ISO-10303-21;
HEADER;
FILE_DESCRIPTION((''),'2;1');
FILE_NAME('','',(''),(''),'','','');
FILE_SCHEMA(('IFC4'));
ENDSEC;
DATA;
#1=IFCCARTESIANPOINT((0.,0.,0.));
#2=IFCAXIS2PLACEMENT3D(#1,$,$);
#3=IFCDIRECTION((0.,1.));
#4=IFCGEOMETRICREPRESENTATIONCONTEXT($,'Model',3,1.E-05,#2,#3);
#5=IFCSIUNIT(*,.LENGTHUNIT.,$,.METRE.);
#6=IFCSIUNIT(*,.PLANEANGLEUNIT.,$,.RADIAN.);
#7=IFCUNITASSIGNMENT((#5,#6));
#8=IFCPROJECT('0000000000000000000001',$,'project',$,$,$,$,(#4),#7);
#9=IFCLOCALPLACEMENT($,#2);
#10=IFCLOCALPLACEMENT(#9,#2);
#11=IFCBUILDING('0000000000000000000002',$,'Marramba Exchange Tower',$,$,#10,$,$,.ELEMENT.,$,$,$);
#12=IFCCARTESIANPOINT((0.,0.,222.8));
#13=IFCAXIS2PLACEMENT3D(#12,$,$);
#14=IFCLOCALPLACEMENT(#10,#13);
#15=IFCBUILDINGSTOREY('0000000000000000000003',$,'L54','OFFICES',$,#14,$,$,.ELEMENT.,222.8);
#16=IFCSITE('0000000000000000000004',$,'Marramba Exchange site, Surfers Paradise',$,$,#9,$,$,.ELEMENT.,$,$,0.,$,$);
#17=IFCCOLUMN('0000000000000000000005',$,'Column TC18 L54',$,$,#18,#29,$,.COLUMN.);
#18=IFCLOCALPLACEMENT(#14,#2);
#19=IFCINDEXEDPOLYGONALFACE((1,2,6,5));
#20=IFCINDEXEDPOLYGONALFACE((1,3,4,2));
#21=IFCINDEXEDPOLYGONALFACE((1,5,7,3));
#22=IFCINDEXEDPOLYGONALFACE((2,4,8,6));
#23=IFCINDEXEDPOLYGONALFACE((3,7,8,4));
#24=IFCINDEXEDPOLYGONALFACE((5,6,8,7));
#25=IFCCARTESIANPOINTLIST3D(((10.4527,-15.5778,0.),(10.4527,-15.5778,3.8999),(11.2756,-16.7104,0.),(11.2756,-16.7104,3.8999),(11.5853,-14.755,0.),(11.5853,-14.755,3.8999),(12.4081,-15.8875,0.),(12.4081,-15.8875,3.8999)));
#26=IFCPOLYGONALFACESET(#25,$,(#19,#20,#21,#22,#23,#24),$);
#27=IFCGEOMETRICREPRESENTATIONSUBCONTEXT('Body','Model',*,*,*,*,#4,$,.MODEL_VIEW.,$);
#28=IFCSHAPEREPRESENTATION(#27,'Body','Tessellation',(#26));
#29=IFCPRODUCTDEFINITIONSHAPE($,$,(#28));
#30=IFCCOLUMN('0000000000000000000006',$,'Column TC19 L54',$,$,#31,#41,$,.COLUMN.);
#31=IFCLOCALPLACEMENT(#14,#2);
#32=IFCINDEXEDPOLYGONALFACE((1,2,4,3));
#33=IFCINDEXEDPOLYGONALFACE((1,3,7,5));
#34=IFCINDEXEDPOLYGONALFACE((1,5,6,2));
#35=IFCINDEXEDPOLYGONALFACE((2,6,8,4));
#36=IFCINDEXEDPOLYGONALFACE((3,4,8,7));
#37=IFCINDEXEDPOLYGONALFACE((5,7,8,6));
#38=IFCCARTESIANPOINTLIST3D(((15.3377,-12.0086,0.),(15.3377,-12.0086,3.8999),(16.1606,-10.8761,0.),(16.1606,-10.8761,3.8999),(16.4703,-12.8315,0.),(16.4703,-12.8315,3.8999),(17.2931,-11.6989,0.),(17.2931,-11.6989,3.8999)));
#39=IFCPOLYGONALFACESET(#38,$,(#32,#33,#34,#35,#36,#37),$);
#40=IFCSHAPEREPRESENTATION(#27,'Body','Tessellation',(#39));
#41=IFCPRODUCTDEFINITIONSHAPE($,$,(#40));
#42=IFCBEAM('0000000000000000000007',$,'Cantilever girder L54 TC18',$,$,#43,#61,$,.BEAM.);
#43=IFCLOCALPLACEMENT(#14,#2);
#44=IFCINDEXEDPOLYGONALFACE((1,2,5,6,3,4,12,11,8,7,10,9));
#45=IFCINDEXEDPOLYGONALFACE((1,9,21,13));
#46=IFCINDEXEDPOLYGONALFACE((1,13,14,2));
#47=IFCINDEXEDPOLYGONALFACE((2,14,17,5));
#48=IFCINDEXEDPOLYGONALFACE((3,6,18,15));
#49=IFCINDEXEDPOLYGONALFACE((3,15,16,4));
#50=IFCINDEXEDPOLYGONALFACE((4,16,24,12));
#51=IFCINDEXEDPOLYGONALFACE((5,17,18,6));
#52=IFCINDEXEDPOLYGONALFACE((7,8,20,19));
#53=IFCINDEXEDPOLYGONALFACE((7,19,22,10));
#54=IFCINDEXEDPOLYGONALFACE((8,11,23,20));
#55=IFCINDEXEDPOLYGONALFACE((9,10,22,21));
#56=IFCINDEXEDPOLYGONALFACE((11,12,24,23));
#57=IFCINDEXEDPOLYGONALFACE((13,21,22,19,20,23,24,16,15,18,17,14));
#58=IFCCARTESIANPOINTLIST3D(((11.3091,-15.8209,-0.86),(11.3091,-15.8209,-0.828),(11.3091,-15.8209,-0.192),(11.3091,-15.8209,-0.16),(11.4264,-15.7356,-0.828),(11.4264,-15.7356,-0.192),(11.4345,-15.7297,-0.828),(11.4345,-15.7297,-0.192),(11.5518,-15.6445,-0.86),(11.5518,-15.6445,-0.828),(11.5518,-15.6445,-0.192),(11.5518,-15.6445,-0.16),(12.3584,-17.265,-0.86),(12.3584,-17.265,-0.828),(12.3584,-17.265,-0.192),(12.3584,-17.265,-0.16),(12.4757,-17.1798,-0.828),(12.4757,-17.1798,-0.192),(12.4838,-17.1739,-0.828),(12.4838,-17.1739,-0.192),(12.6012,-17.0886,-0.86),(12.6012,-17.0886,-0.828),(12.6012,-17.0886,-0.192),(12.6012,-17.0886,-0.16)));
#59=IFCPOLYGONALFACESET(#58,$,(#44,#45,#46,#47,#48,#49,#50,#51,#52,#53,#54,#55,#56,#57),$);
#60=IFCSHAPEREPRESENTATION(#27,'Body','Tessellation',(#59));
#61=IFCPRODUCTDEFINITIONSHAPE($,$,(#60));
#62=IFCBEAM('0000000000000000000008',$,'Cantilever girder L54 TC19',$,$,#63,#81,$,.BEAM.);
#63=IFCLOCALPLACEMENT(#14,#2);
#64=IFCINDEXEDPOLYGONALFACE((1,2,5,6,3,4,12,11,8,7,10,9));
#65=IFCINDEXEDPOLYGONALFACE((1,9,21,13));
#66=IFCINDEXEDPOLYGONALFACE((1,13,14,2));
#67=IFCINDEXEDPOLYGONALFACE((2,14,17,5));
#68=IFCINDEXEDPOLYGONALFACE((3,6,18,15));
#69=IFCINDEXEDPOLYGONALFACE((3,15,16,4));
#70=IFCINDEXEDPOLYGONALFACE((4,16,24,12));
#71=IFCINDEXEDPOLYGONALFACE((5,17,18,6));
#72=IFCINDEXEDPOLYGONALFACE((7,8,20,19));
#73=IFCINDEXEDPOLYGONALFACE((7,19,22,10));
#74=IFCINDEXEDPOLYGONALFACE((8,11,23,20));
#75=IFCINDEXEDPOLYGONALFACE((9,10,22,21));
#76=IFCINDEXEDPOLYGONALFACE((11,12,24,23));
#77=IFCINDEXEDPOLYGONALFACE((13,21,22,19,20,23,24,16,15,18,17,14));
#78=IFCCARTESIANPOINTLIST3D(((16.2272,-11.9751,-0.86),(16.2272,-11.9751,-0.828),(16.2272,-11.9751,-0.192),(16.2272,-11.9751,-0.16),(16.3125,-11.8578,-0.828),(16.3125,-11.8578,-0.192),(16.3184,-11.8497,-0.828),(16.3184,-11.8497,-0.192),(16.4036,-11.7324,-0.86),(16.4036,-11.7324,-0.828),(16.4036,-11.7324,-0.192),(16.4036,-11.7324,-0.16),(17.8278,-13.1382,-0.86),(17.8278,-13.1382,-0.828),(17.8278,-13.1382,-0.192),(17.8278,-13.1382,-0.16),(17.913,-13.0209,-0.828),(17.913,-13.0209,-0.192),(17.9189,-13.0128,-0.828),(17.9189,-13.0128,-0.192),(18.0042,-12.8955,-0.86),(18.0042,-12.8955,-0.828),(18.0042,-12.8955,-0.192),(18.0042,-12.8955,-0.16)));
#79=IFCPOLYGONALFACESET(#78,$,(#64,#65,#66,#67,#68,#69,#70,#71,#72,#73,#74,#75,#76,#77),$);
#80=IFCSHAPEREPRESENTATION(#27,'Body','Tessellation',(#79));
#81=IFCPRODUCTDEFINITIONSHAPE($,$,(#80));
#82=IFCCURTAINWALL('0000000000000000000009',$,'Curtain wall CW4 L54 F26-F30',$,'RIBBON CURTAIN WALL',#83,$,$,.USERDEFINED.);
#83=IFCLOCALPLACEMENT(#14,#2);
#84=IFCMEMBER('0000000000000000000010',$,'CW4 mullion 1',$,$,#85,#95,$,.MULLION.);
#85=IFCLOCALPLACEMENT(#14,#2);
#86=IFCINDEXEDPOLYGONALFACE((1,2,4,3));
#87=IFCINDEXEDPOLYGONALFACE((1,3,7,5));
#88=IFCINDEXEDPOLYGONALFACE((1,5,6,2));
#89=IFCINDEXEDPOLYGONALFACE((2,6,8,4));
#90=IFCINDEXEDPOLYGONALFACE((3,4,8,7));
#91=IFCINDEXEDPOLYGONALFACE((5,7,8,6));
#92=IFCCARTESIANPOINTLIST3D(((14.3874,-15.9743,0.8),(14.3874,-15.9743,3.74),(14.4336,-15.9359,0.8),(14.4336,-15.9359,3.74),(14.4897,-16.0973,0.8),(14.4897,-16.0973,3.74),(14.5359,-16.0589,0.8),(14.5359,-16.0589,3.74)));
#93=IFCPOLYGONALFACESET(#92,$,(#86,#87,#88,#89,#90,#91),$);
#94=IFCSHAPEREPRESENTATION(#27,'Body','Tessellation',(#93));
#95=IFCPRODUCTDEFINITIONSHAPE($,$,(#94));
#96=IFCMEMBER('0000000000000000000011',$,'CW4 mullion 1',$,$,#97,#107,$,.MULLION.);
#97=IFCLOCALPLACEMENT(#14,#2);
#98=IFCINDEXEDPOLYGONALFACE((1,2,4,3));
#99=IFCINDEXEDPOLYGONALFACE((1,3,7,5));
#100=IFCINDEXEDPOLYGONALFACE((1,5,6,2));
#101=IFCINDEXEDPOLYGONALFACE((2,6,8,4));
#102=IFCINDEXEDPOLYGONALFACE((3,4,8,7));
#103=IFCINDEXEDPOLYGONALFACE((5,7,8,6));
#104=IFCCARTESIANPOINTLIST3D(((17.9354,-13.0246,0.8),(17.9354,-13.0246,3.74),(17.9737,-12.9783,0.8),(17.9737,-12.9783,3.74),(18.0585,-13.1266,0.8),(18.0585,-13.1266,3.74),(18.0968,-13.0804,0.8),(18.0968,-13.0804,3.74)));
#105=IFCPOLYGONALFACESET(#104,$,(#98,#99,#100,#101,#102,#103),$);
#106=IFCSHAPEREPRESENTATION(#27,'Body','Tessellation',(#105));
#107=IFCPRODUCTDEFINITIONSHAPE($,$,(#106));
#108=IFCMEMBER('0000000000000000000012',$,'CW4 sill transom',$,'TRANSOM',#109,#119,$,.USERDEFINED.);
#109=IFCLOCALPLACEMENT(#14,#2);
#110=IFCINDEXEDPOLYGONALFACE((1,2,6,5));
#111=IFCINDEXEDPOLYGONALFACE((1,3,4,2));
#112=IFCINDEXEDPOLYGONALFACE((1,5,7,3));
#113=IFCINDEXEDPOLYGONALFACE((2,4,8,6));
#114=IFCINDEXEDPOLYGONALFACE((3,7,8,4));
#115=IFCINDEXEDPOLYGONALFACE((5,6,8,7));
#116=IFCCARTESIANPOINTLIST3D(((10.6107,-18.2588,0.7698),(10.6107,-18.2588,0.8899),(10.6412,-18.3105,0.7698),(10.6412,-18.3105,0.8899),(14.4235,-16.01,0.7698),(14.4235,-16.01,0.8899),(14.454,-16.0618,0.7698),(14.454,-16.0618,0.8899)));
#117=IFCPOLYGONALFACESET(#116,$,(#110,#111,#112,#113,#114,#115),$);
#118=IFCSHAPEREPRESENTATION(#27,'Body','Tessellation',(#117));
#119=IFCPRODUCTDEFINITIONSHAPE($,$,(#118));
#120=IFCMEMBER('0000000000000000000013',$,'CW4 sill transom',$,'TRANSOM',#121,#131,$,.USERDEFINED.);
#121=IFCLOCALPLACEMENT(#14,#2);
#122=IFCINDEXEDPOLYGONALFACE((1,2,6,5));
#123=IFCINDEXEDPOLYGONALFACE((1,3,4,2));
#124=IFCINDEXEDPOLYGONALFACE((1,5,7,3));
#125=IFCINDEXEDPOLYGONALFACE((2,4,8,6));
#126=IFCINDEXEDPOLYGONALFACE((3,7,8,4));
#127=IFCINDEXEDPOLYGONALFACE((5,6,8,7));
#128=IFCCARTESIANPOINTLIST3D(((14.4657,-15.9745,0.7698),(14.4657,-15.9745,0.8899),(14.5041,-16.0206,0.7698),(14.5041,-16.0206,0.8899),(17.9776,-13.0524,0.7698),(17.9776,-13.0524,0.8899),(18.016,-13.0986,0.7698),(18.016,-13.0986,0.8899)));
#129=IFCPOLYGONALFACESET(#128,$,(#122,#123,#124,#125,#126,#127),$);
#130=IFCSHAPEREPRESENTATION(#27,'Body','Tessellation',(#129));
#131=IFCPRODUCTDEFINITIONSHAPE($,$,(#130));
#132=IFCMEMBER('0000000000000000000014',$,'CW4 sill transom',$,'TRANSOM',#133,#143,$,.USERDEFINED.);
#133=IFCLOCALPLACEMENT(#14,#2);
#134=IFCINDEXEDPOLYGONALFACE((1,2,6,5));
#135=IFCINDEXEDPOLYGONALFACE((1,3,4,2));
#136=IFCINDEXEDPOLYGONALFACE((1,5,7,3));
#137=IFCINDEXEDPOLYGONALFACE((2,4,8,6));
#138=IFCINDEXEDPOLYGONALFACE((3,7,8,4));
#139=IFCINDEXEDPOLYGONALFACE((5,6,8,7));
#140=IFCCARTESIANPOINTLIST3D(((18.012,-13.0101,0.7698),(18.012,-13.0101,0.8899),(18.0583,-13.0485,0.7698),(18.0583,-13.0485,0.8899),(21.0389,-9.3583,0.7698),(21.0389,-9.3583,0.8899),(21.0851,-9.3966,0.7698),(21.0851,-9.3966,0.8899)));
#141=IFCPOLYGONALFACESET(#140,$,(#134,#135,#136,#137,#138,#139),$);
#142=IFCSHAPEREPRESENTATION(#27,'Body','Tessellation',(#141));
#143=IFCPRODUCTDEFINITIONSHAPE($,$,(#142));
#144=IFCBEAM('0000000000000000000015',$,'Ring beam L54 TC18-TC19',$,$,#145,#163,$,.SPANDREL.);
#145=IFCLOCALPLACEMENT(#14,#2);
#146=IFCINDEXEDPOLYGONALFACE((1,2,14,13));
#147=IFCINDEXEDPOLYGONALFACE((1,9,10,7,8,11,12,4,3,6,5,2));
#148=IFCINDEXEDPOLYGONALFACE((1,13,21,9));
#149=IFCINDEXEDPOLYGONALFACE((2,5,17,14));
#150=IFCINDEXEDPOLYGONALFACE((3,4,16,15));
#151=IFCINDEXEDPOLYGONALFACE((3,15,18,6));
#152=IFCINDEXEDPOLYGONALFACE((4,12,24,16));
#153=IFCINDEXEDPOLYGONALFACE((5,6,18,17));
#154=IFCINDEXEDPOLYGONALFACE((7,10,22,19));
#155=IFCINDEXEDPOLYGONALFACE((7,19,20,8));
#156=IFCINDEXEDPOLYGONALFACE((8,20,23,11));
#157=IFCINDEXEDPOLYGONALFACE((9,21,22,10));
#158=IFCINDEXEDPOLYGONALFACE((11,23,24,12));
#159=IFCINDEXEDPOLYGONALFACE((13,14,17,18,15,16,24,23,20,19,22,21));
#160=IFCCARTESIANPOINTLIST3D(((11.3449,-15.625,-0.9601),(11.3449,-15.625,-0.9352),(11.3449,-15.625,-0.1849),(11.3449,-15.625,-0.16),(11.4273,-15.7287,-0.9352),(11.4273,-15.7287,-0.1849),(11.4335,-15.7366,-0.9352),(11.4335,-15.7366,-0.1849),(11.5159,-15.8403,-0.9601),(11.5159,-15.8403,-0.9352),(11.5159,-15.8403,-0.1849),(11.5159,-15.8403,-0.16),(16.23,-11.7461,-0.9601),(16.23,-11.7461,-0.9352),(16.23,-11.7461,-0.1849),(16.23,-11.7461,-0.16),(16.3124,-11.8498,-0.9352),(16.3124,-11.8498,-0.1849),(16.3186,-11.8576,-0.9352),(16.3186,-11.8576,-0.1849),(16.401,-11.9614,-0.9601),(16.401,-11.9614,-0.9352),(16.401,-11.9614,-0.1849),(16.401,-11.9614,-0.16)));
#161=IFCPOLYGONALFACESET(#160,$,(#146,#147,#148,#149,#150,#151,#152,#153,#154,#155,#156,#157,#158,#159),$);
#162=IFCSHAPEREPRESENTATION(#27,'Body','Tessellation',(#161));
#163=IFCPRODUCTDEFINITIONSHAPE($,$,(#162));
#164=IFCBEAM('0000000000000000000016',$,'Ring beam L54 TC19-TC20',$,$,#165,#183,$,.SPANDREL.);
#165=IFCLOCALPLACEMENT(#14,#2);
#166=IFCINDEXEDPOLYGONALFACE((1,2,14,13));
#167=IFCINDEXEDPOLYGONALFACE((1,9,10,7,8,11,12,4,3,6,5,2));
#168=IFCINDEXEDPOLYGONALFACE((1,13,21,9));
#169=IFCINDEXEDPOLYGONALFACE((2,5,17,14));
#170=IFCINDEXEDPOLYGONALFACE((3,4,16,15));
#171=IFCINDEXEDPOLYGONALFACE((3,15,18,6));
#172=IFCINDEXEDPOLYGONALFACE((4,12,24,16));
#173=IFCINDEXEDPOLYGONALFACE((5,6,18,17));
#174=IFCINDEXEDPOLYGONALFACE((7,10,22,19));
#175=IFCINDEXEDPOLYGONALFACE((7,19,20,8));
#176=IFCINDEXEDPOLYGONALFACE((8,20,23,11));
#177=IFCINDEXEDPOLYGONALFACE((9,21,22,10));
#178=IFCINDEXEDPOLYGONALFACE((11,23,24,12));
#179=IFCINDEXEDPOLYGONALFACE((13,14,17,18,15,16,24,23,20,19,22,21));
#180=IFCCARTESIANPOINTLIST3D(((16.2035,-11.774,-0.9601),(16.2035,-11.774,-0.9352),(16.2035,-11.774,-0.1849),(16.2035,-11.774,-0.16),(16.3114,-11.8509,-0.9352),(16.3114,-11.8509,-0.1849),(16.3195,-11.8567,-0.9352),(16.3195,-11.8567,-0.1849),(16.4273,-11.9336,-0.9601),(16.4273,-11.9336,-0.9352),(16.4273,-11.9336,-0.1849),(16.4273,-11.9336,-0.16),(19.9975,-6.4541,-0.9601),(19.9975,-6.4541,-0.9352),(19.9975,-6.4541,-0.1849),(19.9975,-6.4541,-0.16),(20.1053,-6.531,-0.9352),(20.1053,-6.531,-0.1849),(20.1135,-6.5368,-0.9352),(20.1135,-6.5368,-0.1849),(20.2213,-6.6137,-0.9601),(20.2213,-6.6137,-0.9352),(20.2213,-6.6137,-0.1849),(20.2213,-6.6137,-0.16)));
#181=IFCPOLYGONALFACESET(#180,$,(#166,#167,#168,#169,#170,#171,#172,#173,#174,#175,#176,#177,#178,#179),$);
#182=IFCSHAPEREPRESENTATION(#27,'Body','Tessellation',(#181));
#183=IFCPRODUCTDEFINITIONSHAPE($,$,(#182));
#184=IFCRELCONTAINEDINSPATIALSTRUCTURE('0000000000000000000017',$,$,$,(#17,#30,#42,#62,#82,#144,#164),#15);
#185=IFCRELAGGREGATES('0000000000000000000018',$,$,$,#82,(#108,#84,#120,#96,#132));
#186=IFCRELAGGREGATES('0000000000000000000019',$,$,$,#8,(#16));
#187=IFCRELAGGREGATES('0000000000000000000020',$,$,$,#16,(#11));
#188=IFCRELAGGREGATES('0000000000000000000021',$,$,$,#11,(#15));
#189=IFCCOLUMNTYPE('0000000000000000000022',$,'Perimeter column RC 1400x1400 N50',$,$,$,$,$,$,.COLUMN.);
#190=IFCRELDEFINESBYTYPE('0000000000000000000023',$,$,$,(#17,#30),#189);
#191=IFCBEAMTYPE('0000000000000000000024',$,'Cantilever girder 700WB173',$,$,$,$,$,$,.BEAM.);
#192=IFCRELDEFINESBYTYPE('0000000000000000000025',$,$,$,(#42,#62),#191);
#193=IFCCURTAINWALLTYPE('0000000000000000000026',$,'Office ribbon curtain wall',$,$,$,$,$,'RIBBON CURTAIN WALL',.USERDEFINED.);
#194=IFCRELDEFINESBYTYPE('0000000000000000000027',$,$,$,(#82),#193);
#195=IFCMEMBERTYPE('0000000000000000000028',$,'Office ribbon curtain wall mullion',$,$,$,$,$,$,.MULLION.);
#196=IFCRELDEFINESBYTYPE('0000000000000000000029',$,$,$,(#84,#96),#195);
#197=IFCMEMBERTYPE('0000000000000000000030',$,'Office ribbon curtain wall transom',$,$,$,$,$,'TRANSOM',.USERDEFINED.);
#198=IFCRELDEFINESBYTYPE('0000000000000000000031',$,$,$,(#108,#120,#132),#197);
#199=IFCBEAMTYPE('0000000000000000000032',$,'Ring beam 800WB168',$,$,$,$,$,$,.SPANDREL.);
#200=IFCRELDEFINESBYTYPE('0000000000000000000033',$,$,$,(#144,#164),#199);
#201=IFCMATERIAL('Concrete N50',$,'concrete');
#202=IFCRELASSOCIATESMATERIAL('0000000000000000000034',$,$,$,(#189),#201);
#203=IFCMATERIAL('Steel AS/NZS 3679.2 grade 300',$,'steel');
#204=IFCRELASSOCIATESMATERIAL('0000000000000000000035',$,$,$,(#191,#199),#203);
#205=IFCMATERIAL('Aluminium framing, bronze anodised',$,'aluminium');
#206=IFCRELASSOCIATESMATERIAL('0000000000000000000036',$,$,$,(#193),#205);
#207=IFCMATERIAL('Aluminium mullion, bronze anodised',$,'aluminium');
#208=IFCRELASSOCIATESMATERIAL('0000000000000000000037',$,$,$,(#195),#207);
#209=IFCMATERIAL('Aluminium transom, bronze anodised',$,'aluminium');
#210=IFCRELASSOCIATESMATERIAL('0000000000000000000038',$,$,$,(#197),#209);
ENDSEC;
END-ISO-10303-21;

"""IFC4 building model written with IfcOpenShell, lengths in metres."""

from ifc_helpers import new_model, si_unit, direction, frame, origin, origin_2d, place, context, subcontext, project, spatial, rectangle, i_section, extrude, material, material_profile, profile_set, type_object, element, aggregate, save


model = new_model("IFC4")

# Units and contexts
model_context = context("Model", 3, precision=1e-05, world=origin(), true_north=direction((0.0, 1.0)))
body_context = subcontext(model_context, "Body", "Model", "MODEL_VIEW")
ifc_project = project(units=[si_unit("LENGTHUNIT", "METRE"), si_unit("PLANEANGLEUNIT", "RADIAN")], contexts=[model_context])

# Site, building, storey
site_placement = place(None, origin())
site = spatial("IfcSite", under=ifc_project, at=site_placement, Name="Marramba Exchange site, Surfers Paradise", CompositionType="ELEMENT", RefElevation=0.0)
building_placement = place(site_placement, origin())
building = spatial("IfcBuilding", under=site, at=building_placement, Name="Marramba Exchange Tower", CompositionType="ELEMENT")
storey_placement = place(building_placement, frame((0.0, 0.0, 222.8)))
storey = spatial("IfcBuildingStorey", under=building, at=storey_placement, Name="L54", Description="OFFICES", CompositionType="ELEMENT", Elevation=222.8)

# Columns
ifc_material_1 = material(Name="Concrete N50", Category="concrete")
ifc_material_profile_1 = material_profile(ifc_material_1, rectangle(XDim=1.3999, YDim=1.3999, at=origin_2d()), Name="RC 1400x1400")
ifc_profile_set_1 = profile_set([ifc_material_profile_1], Name="Concrete N50")
column_type = type_object("IfcColumnType", Name="Perimeter column RC 1400x1400 N50", PredefinedType="COLUMN", material=ifc_profile_set_1)
for number, where, z_axis, x_axis, name in (
    (1, (11.4304, -15.7327, 0.0), (0.0, 0.0, 1.0), (0.587785, -0.809017, 0.0), "Column TC18 L54"),
    (2, (16.3154, -11.8538, 0.0), (0.0, 0.0, 1.0), (0.809017, -0.587785, 0.0), "Column TC19 L54"),
):
    element("IfcColumn", number, at=place(storey_placement, frame(where, z_axis=z_axis, x_axis=x_axis)), inside=storey, type_object=column_type, Name=name, PredefinedType="COLUMN", context=body_context, shape_type="SweptSolid", body=[
        extrude(rectangle(XDim=1.3999, YDim=1.3999, at=origin_2d()), origin(), (0.0, 0.0, 1.0), 3.8999),
    ])

# Beams
ifc_material_2 = material(Name="Steel AS/NZS 3679.2 grade 300", Category="steel")
ifc_material_profile_2 = material_profile(ifc_material_2, i_section(OverallWidth=0.3, OverallDepth=0.7, WebThickness=0.01, FlangeThickness=0.032, at=origin_2d()), Name="700WB173")
ifc_profile_set_2 = profile_set([ifc_material_profile_2], Name="Steel AS/NZS 3679.2 grade 300")
beam_type_1 = type_object("IfcBeamType", Name="Cantilever girder 700WB173", PredefinedType="BEAM", material=ifc_profile_set_2)
beam_1_placement = place(storey_placement, frame((11.4304, -15.7327, -0.51), z_axis=(0.58783, -0.808984, 0.0), x_axis=(0.808984, 0.58783, 0.0)))
element("IfcBeam", 3, at=beam_1_placement, inside=storey, type_object=beam_type_1, Name="Cantilever girder L54 TC18", PredefinedType="BEAM", context=body_context, shape_type="SweptSolid", body=[
    extrude(i_section(OverallWidth=0.3, OverallDepth=0.7, WebThickness=0.01, FlangeThickness=0.032, at=origin_2d()), origin(), (0.0, 0.0, 1.0), 1.7852),
])
beam_2_placement = place(storey_placement, frame((16.3154, -11.8538, -0.51), z_axis=(0.808971, -0.587849, 0.0), x_axis=(0.587849, 0.808971, 0.0)))
element("IfcBeam", 4, at=beam_2_placement, inside=storey, type_object=beam_type_1, Name="Cantilever girder L54 TC19", PredefinedType="BEAM", context=body_context, shape_type="SweptSolid", body=[
    extrude(i_section(OverallWidth=0.3, OverallDepth=0.7, WebThickness=0.01, FlangeThickness=0.032, at=origin_2d()), origin(), (0.0, 0.0, 1.0), 1.9785),
])

# Curtain wall, members
ifc_material_3 = material(Name="Aluminium framing, bronze anodised", Category="aluminium")
curtain_wall_type = type_object("IfcCurtainWallType", Name="Office ribbon curtain wall", ElementType="RIBBON CURTAIN WALL", PredefinedType="USERDEFINED", material=ifc_material_3)
curtain_wall_placement = place(storey_placement, origin())
curtain_wall = element("IfcCurtainWall", 5, at=curtain_wall_placement, inside=storey, type_object=curtain_wall_type, Name="Curtain wall CW4 L54 F26-F30", ObjectType="RIBBON CURTAIN WALL", PredefinedType="USERDEFINED")
ifc_material_4 = material(Name="Aluminium mullion, bronze anodised", Category="aluminium")
ifc_material_profile_3 = material_profile(ifc_material_4, rectangle(XDim=0.1599, YDim=0.0601, at=origin_2d()), Name="CW4 mullion 60x160")
ifc_profile_set_3 = profile_set([ifc_material_profile_3], Name="Aluminium mullion, bronze anodised")
member_type_1 = type_object("IfcMemberType", Name="Office ribbon curtain wall mullion", PredefinedType="MULLION", material=ifc_profile_set_3)
member_1_placement = place(storey_placement, frame((14.4617, -16.0166, 0.8), z_axis=(0.0, 0.0, 1.0), x_axis=(-0.639565, 0.768737, 0.0)))
member_1 = element("IfcMember", 6, at=member_1_placement, type_object=member_type_1, Name="CW4 mullion 1", PredefinedType="MULLION", context=body_context, shape_type="SweptSolid", body=[
    extrude(rectangle(XDim=0.1599, YDim=0.0601, at=origin_2d()), origin(), (0.0, 0.0, 1.0), 2.9399),
])
member_2_placement = place(storey_placement, frame((18.0161, -13.0525, 0.8), z_axis=(0.0, 0.0, 1.0), x_axis=(-0.769912, 0.63815, 0.0)))
member_2 = element("IfcMember", 7, at=member_2_placement, type_object=member_type_1, Name="CW4 mullion 1", PredefinedType="MULLION", context=body_context, shape_type="SweptSolid", body=[
    extrude(rectangle(XDim=0.1599, YDim=0.0601, at=origin_2d()), origin(), (0.0, 0.0, 1.0), 2.9399),
])
ifc_material_5 = material(Name="Aluminium transom, bronze anodised", Category="aluminium")
ifc_material_profile_4 = material_profile(ifc_material_5, rectangle(XDim=0.0601, YDim=0.1201, at=origin_2d()), Name="CW4 transom 60x120")
ifc_profile_set_4 = profile_set([ifc_material_profile_4], Name="Aluminium transom, bronze anodised")
member_type_2 = type_object("IfcMemberType", Name="Office ribbon curtain wall transom", ElementType="TRANSOM", PredefinedType="USERDEFINED", material=ifc_profile_set_4)
member_3_placement = place(storey_placement, frame((10.626, -18.2847, 0.8298), z_axis=(0.861342, 0.508025, 0.0), x_axis=(-0.508025, 0.861342, 0.0)))
member_3 = element("IfcMember", 8, at=member_3_placement, type_object=member_type_2, Name="CW4 sill transom", ObjectType="TRANSOM", PredefinedType="USERDEFINED", context=body_context, shape_type="SweptSolid", body=[
    extrude(rectangle(XDim=0.0601, YDim=0.1201, at=origin_2d()), origin(), (0.0, 0.0, 1.0), 4.4265),
])
member_4_placement = place(storey_placement, frame((14.4849, -15.9976, 0.8298), z_axis=(0.768707, 0.639601, 0.0), x_axis=(-0.639601, 0.768707, 0.0)))
member_4 = element("IfcMember", 9, at=member_4_placement, type_object=member_type_2, Name="CW4 sill transom", ObjectType="TRANSOM", PredefinedType="USERDEFINED", context=body_context, shape_type="SweptSolid", body=[
    extrude(rectangle(XDim=0.0601, YDim=0.1201, at=origin_2d()), origin(), (0.0, 0.0, 1.0), 4.5686),
])
member_5_placement = place(storey_placement, frame((18.0352, -13.0293, 0.8298), z_axis=(0.638147, 0.769915, 0.0), x_axis=(-0.769915, 0.638147, 0.0)))
member_5 = element("IfcMember", 10, at=member_5_placement, type_object=member_type_2, Name="CW4 sill transom", ObjectType="TRANSOM", PredefinedType="USERDEFINED", context=body_context, shape_type="SweptSolid", body=[
    extrude(rectangle(XDim=0.0601, YDim=0.1201, at=origin_2d()), origin(), (0.0, 0.0, 1.0), 4.7432),
])

# Beams
ifc_material_profile_5 = material_profile(ifc_material_2, i_section(OverallWidth=0.2749, OverallDepth=0.8, WebThickness=0.01, FlangeThickness=0.0249, at=origin_2d()), Name="800WB168")
ifc_profile_set_5 = profile_set([ifc_material_profile_5], Name="Steel AS/NZS 3679.2 grade 300")
beam_type_2 = type_object("IfcBeamType", Name="Ring beam 800WB168", PredefinedType="SPANDREL", material=ifc_profile_set_5)
beam_3_placement = place(storey_placement, frame((11.4304, -15.7327, -0.5601), z_axis=(0.783139, 0.621846, 0.0), x_axis=(-0.621846, 0.783139, 0.0)))
element("IfcBeam", 11, at=beam_3_placement, inside=storey, type_object=beam_type_2, Name="Ring beam L54 TC18-TC19", PredefinedType="SPANDREL", context=body_context, shape_type="SweptSolid", body=[
    extrude(i_section(OverallWidth=0.2749, OverallDepth=0.8, WebThickness=0.01, FlangeThickness=0.0249, at=origin_2d()), origin(), (0.0, 0.0, 1.0), 6.2378),
])
beam_4_placement = place(storey_placement, frame((16.3154, -11.8538, -0.5601), z_axis=(0.580637, 0.814162, 0.0), x_axis=(-0.814162, 0.580637, 0.0)))
element("IfcBeam", 12, at=beam_4_placement, inside=storey, type_object=beam_type_2, Name="Ring beam L54 TC19-TC20", PredefinedType="SPANDREL", context=body_context, shape_type="SweptSolid", body=[
    extrude(i_section(OverallWidth=0.2749, OverallDepth=0.8, WebThickness=0.01, FlangeThickness=0.0249, at=origin_2d()), origin(), (0.0, 0.0, 1.0), 6.5342),
])

aggregate(curtain_wall, [member_3, member_1, member_4, member_2, member_5])

save(model, "model.ifc")
